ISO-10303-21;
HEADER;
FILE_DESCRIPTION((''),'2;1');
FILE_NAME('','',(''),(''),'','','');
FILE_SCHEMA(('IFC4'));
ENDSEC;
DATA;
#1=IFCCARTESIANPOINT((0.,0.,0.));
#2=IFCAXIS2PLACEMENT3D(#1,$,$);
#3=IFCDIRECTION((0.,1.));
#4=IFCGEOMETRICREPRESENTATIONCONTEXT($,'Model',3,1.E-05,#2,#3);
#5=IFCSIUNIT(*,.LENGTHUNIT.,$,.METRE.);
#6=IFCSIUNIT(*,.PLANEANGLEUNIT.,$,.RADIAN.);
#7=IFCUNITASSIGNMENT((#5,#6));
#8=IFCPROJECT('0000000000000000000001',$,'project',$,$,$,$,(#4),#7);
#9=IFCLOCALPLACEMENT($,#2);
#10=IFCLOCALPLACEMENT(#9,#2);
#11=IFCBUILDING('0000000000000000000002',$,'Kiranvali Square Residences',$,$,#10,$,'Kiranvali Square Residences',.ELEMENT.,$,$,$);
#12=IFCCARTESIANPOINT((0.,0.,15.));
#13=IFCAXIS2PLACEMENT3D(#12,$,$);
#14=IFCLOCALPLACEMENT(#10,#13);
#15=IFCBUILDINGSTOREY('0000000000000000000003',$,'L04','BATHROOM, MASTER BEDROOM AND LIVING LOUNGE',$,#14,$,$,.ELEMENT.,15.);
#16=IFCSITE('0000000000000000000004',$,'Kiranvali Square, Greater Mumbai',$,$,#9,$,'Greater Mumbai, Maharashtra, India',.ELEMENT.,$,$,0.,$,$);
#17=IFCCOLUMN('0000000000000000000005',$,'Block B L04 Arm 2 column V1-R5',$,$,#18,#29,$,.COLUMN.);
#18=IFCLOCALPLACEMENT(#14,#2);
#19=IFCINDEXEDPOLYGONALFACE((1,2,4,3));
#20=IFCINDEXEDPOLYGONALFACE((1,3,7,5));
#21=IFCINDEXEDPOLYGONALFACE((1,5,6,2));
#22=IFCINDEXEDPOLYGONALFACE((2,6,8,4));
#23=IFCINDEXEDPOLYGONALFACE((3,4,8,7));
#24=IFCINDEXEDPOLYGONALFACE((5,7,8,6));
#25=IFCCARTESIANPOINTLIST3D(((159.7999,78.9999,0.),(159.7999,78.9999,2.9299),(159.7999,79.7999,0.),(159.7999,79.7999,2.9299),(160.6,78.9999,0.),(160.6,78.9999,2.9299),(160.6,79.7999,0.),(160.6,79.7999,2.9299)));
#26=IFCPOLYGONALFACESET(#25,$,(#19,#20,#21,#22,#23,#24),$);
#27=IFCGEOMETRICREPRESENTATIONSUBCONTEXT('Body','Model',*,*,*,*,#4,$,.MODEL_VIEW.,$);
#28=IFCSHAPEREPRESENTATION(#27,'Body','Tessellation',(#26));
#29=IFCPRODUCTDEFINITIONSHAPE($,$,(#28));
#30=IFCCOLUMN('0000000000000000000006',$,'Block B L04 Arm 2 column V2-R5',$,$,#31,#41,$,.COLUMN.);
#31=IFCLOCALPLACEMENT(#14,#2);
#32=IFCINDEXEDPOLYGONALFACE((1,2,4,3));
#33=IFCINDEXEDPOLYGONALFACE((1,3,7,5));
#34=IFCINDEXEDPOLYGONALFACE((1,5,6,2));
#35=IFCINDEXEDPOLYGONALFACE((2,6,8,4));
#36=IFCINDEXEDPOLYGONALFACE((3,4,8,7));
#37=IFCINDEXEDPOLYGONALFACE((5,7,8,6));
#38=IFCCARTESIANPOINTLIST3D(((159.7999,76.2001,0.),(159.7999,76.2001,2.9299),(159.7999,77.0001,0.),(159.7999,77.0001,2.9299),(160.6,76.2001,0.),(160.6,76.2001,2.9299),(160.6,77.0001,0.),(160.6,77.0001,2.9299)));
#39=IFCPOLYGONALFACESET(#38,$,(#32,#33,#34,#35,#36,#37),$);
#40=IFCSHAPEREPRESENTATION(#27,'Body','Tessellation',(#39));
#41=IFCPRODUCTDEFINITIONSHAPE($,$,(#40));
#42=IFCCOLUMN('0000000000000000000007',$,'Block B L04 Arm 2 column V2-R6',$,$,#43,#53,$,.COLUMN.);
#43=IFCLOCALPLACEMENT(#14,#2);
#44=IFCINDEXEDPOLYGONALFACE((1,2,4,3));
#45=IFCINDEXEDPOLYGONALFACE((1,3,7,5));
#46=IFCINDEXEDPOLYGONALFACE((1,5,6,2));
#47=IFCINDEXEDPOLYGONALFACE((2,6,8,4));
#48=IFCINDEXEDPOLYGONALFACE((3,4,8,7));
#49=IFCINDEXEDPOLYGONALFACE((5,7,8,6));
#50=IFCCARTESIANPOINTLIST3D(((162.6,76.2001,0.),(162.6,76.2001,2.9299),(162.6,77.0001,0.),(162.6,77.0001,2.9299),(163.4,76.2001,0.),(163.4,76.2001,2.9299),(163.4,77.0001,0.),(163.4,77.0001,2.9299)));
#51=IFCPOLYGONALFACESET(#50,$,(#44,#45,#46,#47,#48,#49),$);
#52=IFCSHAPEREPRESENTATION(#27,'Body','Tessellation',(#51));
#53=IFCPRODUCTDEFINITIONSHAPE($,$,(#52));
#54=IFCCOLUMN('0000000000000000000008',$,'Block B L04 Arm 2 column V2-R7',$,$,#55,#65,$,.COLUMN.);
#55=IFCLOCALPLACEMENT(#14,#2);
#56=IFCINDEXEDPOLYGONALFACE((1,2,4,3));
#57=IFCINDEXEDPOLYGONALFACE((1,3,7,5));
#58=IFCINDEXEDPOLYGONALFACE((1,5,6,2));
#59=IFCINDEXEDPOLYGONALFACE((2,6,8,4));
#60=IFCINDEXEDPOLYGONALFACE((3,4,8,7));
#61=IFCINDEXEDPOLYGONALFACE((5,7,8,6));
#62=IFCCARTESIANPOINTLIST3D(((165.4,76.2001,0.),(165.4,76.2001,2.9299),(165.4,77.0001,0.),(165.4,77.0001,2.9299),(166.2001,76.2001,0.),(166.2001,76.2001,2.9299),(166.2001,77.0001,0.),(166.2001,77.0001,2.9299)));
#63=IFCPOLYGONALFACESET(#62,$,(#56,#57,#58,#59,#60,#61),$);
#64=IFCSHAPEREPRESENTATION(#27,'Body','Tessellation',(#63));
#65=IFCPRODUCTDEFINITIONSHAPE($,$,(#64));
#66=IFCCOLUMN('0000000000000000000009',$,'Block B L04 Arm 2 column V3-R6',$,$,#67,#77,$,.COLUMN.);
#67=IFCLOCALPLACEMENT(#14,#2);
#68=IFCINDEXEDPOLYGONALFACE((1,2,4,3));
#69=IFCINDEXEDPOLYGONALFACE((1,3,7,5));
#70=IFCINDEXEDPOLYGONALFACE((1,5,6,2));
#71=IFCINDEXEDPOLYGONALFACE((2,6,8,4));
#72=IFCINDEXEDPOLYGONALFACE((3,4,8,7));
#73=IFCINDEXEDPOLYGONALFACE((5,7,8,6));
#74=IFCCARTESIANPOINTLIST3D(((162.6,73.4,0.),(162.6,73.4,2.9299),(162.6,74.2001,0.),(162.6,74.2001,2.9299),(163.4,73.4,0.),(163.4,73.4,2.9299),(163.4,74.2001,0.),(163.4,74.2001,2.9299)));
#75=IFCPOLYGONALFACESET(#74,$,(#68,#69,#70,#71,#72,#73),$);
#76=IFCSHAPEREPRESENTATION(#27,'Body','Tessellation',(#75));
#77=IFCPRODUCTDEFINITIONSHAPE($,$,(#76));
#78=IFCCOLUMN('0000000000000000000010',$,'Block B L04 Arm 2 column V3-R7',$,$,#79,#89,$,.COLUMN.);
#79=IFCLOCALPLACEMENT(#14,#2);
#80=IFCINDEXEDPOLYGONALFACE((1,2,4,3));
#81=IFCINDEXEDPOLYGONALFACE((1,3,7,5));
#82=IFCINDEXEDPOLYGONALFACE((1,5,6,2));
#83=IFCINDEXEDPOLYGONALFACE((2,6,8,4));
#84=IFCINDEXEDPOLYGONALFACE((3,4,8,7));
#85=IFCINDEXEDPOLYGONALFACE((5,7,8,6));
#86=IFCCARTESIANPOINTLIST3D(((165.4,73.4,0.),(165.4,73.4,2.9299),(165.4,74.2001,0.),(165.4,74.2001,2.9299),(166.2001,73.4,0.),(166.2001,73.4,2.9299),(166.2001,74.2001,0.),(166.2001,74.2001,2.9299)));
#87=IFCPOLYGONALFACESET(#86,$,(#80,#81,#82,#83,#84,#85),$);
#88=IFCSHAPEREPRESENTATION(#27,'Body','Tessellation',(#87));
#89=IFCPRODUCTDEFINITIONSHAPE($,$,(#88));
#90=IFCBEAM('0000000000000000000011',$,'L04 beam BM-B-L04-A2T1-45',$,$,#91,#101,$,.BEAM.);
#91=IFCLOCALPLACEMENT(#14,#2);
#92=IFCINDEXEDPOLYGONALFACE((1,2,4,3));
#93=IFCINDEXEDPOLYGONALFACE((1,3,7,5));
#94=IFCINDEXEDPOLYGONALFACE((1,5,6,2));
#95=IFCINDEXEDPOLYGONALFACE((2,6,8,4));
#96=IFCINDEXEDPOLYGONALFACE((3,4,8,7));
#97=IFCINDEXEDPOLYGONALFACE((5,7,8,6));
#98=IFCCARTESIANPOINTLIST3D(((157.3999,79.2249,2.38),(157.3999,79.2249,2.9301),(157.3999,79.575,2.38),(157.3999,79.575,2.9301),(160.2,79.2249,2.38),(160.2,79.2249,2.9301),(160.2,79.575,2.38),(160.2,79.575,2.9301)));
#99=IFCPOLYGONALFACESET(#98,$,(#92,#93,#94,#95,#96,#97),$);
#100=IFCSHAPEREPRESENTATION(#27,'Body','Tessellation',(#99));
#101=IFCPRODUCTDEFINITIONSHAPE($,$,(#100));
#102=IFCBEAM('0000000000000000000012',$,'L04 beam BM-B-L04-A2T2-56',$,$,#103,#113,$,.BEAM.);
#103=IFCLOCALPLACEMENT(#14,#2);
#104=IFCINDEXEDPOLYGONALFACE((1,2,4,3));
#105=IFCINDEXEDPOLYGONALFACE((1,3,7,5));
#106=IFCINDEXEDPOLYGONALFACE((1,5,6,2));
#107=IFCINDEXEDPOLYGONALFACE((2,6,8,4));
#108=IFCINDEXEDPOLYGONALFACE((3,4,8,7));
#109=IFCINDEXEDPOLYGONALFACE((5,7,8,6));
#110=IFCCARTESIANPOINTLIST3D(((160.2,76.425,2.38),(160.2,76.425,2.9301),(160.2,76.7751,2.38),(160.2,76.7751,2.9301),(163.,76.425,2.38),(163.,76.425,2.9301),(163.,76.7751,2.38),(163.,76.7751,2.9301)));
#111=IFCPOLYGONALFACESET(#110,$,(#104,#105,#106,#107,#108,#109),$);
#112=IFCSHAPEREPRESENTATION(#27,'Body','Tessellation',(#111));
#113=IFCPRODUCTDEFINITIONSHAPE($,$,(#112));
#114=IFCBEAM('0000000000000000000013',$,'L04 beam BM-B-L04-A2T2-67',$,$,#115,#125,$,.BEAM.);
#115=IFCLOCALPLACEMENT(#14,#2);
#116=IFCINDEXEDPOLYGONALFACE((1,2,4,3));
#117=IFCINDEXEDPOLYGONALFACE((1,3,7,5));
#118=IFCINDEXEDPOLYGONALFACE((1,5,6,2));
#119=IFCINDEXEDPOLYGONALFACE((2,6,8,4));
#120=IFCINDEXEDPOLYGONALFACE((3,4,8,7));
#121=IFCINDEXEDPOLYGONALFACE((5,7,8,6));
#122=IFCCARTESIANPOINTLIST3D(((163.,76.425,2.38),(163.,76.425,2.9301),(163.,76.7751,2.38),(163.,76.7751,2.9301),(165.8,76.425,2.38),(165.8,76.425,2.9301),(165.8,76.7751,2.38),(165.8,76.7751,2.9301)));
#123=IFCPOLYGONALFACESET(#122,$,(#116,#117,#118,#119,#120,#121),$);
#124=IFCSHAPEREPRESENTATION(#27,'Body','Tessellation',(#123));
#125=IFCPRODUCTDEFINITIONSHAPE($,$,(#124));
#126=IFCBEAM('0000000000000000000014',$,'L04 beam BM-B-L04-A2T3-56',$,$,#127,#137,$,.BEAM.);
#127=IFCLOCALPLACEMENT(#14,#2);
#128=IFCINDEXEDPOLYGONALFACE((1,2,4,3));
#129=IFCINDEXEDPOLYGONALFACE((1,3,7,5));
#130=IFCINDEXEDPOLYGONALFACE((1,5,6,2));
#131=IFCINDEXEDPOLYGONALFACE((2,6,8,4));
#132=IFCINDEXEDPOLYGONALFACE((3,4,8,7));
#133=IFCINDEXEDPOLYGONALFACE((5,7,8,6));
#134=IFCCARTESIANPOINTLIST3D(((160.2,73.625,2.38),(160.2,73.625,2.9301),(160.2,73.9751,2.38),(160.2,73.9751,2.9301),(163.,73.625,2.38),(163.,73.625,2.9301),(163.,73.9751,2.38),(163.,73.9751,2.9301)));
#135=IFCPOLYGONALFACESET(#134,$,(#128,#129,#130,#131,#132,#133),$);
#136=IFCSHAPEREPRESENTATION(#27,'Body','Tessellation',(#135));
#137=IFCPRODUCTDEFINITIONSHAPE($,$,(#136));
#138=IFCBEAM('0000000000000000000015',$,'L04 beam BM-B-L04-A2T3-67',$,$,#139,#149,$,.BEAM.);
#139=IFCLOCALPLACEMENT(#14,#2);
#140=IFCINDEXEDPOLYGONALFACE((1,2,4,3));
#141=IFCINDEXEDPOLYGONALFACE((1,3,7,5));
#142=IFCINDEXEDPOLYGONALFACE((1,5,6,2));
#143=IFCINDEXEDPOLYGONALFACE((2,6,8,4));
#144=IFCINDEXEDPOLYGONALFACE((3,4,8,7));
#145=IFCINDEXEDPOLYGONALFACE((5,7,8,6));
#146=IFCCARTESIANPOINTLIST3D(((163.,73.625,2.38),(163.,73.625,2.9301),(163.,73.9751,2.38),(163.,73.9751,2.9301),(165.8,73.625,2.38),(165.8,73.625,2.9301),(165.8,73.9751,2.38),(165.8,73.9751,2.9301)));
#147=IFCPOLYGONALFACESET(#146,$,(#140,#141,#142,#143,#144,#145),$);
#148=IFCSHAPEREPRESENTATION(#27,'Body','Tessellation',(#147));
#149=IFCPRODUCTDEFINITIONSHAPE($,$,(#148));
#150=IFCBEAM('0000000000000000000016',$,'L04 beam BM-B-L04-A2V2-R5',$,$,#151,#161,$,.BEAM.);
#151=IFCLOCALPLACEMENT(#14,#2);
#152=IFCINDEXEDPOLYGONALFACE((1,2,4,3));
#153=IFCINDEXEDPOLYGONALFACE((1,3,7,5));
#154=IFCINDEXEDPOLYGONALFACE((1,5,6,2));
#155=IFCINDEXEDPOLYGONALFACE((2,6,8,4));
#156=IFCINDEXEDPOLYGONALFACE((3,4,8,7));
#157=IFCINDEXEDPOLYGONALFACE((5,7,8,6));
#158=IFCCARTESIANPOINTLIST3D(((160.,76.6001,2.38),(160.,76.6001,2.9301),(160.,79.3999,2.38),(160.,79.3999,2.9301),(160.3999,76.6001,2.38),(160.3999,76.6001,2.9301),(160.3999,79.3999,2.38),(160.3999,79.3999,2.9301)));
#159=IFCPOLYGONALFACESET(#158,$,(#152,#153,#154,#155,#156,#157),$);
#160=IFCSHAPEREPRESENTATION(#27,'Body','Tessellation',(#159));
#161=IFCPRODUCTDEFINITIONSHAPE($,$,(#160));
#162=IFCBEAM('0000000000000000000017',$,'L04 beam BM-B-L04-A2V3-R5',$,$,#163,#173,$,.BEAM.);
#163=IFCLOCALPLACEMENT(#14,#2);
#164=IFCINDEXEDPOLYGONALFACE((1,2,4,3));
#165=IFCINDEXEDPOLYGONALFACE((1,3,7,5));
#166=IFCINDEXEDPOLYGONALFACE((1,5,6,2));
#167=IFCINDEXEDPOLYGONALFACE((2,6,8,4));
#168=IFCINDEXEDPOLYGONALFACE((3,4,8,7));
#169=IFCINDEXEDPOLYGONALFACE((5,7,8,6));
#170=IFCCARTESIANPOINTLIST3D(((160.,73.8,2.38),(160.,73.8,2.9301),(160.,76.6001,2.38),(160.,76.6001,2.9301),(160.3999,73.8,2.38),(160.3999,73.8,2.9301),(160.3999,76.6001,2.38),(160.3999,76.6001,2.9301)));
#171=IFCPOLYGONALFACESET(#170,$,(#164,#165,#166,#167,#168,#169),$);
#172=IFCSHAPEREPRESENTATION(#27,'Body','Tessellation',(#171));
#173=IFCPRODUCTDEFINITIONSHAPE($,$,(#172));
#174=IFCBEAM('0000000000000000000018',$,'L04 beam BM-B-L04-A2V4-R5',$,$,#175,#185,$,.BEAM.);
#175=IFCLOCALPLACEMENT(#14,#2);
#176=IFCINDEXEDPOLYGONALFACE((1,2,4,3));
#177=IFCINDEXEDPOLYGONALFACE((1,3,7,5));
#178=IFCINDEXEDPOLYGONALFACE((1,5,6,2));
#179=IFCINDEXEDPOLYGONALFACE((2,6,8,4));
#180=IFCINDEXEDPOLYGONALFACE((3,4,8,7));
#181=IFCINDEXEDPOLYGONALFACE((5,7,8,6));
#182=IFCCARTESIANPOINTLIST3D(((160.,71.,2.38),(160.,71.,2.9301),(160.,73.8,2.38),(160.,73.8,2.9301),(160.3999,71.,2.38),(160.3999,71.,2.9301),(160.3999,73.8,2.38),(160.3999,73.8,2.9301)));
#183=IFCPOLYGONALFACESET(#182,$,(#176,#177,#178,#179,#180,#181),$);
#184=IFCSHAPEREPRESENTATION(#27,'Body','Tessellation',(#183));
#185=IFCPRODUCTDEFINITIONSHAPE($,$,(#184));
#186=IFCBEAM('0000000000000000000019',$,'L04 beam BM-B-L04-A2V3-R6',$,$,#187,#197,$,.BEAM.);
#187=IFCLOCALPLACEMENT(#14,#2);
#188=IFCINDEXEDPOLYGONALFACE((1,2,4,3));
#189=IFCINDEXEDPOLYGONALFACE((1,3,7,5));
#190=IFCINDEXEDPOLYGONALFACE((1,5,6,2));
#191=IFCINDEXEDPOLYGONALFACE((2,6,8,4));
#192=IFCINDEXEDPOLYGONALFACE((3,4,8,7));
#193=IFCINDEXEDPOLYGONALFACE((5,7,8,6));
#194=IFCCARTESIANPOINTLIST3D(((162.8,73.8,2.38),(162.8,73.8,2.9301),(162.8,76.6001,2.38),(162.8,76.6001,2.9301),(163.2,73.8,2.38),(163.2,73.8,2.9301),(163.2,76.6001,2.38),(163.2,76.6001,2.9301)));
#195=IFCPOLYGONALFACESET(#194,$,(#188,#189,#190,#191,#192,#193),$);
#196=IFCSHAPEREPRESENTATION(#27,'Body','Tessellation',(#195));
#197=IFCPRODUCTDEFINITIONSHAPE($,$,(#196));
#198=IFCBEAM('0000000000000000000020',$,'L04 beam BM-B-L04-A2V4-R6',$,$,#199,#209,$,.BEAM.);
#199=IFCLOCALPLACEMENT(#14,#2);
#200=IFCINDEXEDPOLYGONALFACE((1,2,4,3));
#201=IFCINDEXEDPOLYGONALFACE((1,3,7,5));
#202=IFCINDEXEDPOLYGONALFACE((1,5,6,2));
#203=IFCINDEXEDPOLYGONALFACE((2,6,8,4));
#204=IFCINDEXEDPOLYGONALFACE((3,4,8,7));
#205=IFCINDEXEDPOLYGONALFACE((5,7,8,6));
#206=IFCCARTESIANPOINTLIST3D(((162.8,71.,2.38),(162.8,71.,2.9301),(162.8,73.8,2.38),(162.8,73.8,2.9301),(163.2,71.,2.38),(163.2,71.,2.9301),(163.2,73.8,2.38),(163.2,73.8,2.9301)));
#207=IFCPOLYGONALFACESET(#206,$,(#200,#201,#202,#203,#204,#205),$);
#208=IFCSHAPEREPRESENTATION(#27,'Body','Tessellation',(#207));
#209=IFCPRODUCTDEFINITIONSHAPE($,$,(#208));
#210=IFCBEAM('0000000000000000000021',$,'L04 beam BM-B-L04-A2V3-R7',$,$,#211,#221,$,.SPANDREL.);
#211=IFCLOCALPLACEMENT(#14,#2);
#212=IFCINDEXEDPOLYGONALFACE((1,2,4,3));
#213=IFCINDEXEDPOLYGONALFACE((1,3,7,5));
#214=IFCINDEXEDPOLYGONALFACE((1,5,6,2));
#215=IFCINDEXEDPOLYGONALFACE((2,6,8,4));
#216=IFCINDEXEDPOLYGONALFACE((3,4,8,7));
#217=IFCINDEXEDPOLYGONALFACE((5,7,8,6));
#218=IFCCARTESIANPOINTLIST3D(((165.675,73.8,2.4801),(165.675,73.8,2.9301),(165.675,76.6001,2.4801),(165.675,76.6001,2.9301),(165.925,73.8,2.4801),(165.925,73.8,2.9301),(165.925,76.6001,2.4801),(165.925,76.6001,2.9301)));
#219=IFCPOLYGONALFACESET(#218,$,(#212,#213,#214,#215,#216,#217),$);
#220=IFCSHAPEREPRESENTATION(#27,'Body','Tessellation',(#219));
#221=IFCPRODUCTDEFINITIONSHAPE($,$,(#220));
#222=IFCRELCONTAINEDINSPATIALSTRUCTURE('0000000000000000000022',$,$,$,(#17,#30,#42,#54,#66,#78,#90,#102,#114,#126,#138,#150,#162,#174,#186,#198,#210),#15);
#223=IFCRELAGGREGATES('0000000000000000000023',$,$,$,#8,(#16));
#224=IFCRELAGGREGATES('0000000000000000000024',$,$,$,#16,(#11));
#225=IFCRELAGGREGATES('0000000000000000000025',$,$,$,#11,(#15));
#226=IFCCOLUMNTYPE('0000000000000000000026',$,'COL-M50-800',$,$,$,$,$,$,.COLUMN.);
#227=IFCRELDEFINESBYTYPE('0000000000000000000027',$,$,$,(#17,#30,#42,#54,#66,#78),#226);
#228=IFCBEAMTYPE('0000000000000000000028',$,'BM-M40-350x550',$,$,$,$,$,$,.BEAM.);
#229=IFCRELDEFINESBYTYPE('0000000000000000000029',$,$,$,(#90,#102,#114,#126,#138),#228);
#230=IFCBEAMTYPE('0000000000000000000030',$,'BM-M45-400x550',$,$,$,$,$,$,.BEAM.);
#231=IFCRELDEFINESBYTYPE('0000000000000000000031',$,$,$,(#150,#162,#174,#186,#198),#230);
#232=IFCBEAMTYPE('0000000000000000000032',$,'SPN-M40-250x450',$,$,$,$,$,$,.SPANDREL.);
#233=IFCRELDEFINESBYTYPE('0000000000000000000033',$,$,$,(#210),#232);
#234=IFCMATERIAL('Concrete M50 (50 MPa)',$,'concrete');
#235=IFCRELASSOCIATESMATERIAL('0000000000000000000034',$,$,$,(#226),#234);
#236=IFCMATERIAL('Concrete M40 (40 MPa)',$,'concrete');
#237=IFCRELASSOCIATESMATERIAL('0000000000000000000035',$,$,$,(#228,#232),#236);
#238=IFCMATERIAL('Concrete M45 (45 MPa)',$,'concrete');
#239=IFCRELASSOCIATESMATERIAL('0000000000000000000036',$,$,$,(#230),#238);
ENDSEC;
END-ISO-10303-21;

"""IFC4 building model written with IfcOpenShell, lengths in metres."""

from ifc_helpers import new_model, si_unit, direction, frame, origin, origin_2d, place, context, subcontext, project, spatial, rectangle, extrude, material, material_profile, profile_set, type_object, element, save


model = new_model("IFC4")

# Units and contexts
model_context = context("Model", 3, precision=1e-05, world=origin(), true_north=direction((0.0, 1.0)))
body_context = subcontext(model_context, "Body", "Model", "MODEL_VIEW")
ifc_project = project(units=[si_unit("LENGTHUNIT", "METRE"), si_unit("PLANEANGLEUNIT", "RADIAN")], contexts=[model_context])

# Site, building, storey
site_placement = place(None, origin())
site = spatial("IfcSite", under=ifc_project, at=site_placement, Name="Kiranvali Square, Greater Mumbai", LongName="Greater Mumbai, Maharashtra, India", CompositionType="ELEMENT", RefElevation=0.0)
building_placement = place(site_placement, origin())
building = spatial("IfcBuilding", under=site, at=building_placement, Name="Kiranvali Square Residences", LongName="Kiranvali Square Residences", CompositionType="ELEMENT")
storey_placement = place(building_placement, frame((0.0, 0.0, 15.0)))
storey = spatial("IfcBuildingStorey", under=building, at=storey_placement, Name="L04", Description="BATHROOM, MASTER BEDROOM AND LIVING LOUNGE", CompositionType="ELEMENT", Elevation=15.0)

# Columns
ifc_material_1 = material(Name="Concrete M50 (50 MPa)", Category="concrete")
ifc_material_profile_1 = material_profile(ifc_material_1, rectangle(XDim=0.8, YDim=0.8, at=origin_2d()), Name="RC 800x800")
ifc_profile_set_1 = profile_set([ifc_material_profile_1], Name="Concrete M50 (50 MPa)")
column_type = type_object("IfcColumnType", Name="COL-M50-800", PredefinedType="COLUMN", material=ifc_profile_set_1)
for number, where, z_axis, x_axis, name in (
    (1, (160.2, 79.3999, 0.0), (0.0, 0.0, 1.0), (1.0, 0.0, 0.0), "Block B L04 Arm 2 column V1-R5"),
    (2, (160.2, 76.6001, 0.0), (0.0, 0.0, 1.0), (1.0, 0.0, 0.0), "Block B L04 Arm 2 column V2-R5"),
    (3, (163.0, 76.6001, 0.0), (0.0, 0.0, 1.0), (1.0, 0.0, 0.0), "Block B L04 Arm 2 column V2-R6"),
    (4, (165.8, 76.6001, 0.0), (0.0, 0.0, 1.0), (1.0, 0.0, 0.0), "Block B L04 Arm 2 column V2-R7"),
    (5, (163.0, 73.8, 0.0), (0.0, 0.0, 1.0), (1.0, 0.0, 0.0), "Block B L04 Arm 2 column V3-R6"),
    (6, (165.8, 73.8, 0.0), (0.0, 0.0, 1.0), (1.0, 0.0, 0.0), "Block B L04 Arm 2 column V3-R7"),
):
    element("IfcColumn", number, at=place(storey_placement, frame(where, z_axis=z_axis, x_axis=x_axis)), inside=storey, type_object=column_type, Name=name, PredefinedType="COLUMN", context=body_context, shape_type="SweptSolid", body=[
        extrude(rectangle(XDim=0.8, YDim=0.8, at=origin_2d()), origin(), (0.0, 0.0, 1.0), 2.9299),
    ])

# Beams
ifc_material_2 = material(Name="Concrete M40 (40 MPa)", Category="concrete")
ifc_material_profile_2 = material_profile(ifc_material_2, rectangle(XDim=0.3501, YDim=0.55, at=origin_2d()), Name="RC 350x550")
ifc_profile_set_2 = profile_set([ifc_material_profile_2], Name="Concrete M40 (40 MPa)")
beam_type_1 = type_object("IfcBeamType", Name="BM-M40-350x550", PredefinedType="BEAM", material=ifc_profile_set_2)
for number, where, z_axis, x_axis, name in (
    (7, (157.3999, 79.3999, 2.655), (1.0, 0.0, 0.0), (0.0, 1.0, 0.0), "L04 beam BM-B-L04-A2T1-45"),
    (8, (160.2, 76.6001, 2.655), (1.0, 0.0, 0.0), (0.0, 1.0, 0.0), "L04 beam BM-B-L04-A2T2-56"),
    (9, (163.0, 76.6001, 2.655), (1.0, 0.0, 0.0), (0.0, 1.0, 0.0), "L04 beam BM-B-L04-A2T2-67"),
    (10, (160.2, 73.8, 2.655), (1.0, 0.0, 0.0), (0.0, 1.0, 0.0), "L04 beam BM-B-L04-A2T3-56"),
    (11, (163.0, 73.8, 2.655), (1.0, 0.0, 0.0), (0.0, 1.0, 0.0), "L04 beam BM-B-L04-A2T3-67"),
):
    element("IfcBeam", number, at=place(storey_placement, frame(where, z_axis=z_axis, x_axis=x_axis)), inside=storey, type_object=beam_type_1, Name=name, PredefinedType="BEAM", context=body_context, shape_type="SweptSolid", body=[
        extrude(rectangle(XDim=0.3501, YDim=0.55, at=origin_2d()), origin(), (0.0, 0.0, 1.0), 2.8),
    ])
ifc_material_3 = material(Name="Concrete M45 (45 MPa)", Category="concrete")
ifc_material_profile_3 = material_profile(ifc_material_3, rectangle(XDim=0.3999, YDim=0.55, at=origin_2d()), Name="RC 400x550")
ifc_profile_set_3 = profile_set([ifc_material_profile_3], Name="Concrete M45 (45 MPa)")
beam_type_2 = type_object("IfcBeamType", Name="BM-M45-400x550", PredefinedType="BEAM", material=ifc_profile_set_3)
beam_placement = place(storey_placement, frame((160.2, 79.3999, 2.655), z_axis=(0.0, -1.0, 0.0), x_axis=(1.0, 0.0, 0.0)))
element("IfcBeam", 12, at=beam_placement, inside=storey, type_object=beam_type_2, Name="L04 beam BM-B-L04-A2V2-R5", PredefinedType="BEAM", context=body_context, shape_type="SweptSolid", body=[
    extrude(rectangle(XDim=0.3999, YDim=0.55, at=origin_2d()), origin(), (0.0, 0.0, 1.0), 2.7998),
])
for number, where, z_axis, x_axis, name in (
    (13, (160.2, 76.6001, 2.655), (0.0, -1.0, 0.0), (1.0, 0.0, 0.0), "L04 beam BM-B-L04-A2V3-R5"),
    (14, (160.2, 73.8, 2.655), (0.0, -1.0, 0.0), (1.0, 0.0, 0.0), "L04 beam BM-B-L04-A2V4-R5"),
    (15, (163.0, 76.6001, 2.655), (0.0, -1.0, 0.0), (1.0, 0.0, 0.0), "L04 beam BM-B-L04-A2V3-R6"),
    (16, (163.0, 73.8, 2.655), (0.0, -1.0, 0.0), (1.0, 0.0, 0.0), "L04 beam BM-B-L04-A2V4-R6"),
):
    element("IfcBeam", number, at=place(storey_placement, frame(where, z_axis=z_axis, x_axis=x_axis)), inside=storey, type_object=beam_type_2, Name=name, PredefinedType="BEAM", context=body_context, shape_type="SweptSolid", body=[
        extrude(rectangle(XDim=0.3999, YDim=0.55, at=origin_2d()), origin(), (0.0, 0.0, 1.0), 2.8),
    ])
ifc_material_profile_4 = material_profile(ifc_material_2, rectangle(XDim=0.25, YDim=0.45, at=origin_2d()), Name="RC 250x450")
ifc_profile_set_4 = profile_set([ifc_material_profile_4], Name="Concrete M40 (40 MPa)")
beam_type_3 = type_object("IfcBeamType", Name="SPN-M40-250x450", PredefinedType="SPANDREL", material=ifc_profile_set_4)
for number, where, z_axis, x_axis, name in (
    (17, (165.8, 76.6001, 2.7051), (0.0, -1.0, 0.0), (1.0, 0.0, 0.0), "L04 beam BM-B-L04-A2V3-R7"),
):
    element("IfcBeam", number, at=place(storey_placement, frame(where, z_axis=z_axis, x_axis=x_axis)), inside=storey, type_object=beam_type_3, Name=name, PredefinedType="SPANDREL", context=body_context, shape_type="SweptSolid", body=[
        extrude(rectangle(XDim=0.25, YDim=0.45, at=origin_2d()), origin(), (0.0, 0.0, 1.0), 2.8),
    ])

save(model, "model.ifc")
